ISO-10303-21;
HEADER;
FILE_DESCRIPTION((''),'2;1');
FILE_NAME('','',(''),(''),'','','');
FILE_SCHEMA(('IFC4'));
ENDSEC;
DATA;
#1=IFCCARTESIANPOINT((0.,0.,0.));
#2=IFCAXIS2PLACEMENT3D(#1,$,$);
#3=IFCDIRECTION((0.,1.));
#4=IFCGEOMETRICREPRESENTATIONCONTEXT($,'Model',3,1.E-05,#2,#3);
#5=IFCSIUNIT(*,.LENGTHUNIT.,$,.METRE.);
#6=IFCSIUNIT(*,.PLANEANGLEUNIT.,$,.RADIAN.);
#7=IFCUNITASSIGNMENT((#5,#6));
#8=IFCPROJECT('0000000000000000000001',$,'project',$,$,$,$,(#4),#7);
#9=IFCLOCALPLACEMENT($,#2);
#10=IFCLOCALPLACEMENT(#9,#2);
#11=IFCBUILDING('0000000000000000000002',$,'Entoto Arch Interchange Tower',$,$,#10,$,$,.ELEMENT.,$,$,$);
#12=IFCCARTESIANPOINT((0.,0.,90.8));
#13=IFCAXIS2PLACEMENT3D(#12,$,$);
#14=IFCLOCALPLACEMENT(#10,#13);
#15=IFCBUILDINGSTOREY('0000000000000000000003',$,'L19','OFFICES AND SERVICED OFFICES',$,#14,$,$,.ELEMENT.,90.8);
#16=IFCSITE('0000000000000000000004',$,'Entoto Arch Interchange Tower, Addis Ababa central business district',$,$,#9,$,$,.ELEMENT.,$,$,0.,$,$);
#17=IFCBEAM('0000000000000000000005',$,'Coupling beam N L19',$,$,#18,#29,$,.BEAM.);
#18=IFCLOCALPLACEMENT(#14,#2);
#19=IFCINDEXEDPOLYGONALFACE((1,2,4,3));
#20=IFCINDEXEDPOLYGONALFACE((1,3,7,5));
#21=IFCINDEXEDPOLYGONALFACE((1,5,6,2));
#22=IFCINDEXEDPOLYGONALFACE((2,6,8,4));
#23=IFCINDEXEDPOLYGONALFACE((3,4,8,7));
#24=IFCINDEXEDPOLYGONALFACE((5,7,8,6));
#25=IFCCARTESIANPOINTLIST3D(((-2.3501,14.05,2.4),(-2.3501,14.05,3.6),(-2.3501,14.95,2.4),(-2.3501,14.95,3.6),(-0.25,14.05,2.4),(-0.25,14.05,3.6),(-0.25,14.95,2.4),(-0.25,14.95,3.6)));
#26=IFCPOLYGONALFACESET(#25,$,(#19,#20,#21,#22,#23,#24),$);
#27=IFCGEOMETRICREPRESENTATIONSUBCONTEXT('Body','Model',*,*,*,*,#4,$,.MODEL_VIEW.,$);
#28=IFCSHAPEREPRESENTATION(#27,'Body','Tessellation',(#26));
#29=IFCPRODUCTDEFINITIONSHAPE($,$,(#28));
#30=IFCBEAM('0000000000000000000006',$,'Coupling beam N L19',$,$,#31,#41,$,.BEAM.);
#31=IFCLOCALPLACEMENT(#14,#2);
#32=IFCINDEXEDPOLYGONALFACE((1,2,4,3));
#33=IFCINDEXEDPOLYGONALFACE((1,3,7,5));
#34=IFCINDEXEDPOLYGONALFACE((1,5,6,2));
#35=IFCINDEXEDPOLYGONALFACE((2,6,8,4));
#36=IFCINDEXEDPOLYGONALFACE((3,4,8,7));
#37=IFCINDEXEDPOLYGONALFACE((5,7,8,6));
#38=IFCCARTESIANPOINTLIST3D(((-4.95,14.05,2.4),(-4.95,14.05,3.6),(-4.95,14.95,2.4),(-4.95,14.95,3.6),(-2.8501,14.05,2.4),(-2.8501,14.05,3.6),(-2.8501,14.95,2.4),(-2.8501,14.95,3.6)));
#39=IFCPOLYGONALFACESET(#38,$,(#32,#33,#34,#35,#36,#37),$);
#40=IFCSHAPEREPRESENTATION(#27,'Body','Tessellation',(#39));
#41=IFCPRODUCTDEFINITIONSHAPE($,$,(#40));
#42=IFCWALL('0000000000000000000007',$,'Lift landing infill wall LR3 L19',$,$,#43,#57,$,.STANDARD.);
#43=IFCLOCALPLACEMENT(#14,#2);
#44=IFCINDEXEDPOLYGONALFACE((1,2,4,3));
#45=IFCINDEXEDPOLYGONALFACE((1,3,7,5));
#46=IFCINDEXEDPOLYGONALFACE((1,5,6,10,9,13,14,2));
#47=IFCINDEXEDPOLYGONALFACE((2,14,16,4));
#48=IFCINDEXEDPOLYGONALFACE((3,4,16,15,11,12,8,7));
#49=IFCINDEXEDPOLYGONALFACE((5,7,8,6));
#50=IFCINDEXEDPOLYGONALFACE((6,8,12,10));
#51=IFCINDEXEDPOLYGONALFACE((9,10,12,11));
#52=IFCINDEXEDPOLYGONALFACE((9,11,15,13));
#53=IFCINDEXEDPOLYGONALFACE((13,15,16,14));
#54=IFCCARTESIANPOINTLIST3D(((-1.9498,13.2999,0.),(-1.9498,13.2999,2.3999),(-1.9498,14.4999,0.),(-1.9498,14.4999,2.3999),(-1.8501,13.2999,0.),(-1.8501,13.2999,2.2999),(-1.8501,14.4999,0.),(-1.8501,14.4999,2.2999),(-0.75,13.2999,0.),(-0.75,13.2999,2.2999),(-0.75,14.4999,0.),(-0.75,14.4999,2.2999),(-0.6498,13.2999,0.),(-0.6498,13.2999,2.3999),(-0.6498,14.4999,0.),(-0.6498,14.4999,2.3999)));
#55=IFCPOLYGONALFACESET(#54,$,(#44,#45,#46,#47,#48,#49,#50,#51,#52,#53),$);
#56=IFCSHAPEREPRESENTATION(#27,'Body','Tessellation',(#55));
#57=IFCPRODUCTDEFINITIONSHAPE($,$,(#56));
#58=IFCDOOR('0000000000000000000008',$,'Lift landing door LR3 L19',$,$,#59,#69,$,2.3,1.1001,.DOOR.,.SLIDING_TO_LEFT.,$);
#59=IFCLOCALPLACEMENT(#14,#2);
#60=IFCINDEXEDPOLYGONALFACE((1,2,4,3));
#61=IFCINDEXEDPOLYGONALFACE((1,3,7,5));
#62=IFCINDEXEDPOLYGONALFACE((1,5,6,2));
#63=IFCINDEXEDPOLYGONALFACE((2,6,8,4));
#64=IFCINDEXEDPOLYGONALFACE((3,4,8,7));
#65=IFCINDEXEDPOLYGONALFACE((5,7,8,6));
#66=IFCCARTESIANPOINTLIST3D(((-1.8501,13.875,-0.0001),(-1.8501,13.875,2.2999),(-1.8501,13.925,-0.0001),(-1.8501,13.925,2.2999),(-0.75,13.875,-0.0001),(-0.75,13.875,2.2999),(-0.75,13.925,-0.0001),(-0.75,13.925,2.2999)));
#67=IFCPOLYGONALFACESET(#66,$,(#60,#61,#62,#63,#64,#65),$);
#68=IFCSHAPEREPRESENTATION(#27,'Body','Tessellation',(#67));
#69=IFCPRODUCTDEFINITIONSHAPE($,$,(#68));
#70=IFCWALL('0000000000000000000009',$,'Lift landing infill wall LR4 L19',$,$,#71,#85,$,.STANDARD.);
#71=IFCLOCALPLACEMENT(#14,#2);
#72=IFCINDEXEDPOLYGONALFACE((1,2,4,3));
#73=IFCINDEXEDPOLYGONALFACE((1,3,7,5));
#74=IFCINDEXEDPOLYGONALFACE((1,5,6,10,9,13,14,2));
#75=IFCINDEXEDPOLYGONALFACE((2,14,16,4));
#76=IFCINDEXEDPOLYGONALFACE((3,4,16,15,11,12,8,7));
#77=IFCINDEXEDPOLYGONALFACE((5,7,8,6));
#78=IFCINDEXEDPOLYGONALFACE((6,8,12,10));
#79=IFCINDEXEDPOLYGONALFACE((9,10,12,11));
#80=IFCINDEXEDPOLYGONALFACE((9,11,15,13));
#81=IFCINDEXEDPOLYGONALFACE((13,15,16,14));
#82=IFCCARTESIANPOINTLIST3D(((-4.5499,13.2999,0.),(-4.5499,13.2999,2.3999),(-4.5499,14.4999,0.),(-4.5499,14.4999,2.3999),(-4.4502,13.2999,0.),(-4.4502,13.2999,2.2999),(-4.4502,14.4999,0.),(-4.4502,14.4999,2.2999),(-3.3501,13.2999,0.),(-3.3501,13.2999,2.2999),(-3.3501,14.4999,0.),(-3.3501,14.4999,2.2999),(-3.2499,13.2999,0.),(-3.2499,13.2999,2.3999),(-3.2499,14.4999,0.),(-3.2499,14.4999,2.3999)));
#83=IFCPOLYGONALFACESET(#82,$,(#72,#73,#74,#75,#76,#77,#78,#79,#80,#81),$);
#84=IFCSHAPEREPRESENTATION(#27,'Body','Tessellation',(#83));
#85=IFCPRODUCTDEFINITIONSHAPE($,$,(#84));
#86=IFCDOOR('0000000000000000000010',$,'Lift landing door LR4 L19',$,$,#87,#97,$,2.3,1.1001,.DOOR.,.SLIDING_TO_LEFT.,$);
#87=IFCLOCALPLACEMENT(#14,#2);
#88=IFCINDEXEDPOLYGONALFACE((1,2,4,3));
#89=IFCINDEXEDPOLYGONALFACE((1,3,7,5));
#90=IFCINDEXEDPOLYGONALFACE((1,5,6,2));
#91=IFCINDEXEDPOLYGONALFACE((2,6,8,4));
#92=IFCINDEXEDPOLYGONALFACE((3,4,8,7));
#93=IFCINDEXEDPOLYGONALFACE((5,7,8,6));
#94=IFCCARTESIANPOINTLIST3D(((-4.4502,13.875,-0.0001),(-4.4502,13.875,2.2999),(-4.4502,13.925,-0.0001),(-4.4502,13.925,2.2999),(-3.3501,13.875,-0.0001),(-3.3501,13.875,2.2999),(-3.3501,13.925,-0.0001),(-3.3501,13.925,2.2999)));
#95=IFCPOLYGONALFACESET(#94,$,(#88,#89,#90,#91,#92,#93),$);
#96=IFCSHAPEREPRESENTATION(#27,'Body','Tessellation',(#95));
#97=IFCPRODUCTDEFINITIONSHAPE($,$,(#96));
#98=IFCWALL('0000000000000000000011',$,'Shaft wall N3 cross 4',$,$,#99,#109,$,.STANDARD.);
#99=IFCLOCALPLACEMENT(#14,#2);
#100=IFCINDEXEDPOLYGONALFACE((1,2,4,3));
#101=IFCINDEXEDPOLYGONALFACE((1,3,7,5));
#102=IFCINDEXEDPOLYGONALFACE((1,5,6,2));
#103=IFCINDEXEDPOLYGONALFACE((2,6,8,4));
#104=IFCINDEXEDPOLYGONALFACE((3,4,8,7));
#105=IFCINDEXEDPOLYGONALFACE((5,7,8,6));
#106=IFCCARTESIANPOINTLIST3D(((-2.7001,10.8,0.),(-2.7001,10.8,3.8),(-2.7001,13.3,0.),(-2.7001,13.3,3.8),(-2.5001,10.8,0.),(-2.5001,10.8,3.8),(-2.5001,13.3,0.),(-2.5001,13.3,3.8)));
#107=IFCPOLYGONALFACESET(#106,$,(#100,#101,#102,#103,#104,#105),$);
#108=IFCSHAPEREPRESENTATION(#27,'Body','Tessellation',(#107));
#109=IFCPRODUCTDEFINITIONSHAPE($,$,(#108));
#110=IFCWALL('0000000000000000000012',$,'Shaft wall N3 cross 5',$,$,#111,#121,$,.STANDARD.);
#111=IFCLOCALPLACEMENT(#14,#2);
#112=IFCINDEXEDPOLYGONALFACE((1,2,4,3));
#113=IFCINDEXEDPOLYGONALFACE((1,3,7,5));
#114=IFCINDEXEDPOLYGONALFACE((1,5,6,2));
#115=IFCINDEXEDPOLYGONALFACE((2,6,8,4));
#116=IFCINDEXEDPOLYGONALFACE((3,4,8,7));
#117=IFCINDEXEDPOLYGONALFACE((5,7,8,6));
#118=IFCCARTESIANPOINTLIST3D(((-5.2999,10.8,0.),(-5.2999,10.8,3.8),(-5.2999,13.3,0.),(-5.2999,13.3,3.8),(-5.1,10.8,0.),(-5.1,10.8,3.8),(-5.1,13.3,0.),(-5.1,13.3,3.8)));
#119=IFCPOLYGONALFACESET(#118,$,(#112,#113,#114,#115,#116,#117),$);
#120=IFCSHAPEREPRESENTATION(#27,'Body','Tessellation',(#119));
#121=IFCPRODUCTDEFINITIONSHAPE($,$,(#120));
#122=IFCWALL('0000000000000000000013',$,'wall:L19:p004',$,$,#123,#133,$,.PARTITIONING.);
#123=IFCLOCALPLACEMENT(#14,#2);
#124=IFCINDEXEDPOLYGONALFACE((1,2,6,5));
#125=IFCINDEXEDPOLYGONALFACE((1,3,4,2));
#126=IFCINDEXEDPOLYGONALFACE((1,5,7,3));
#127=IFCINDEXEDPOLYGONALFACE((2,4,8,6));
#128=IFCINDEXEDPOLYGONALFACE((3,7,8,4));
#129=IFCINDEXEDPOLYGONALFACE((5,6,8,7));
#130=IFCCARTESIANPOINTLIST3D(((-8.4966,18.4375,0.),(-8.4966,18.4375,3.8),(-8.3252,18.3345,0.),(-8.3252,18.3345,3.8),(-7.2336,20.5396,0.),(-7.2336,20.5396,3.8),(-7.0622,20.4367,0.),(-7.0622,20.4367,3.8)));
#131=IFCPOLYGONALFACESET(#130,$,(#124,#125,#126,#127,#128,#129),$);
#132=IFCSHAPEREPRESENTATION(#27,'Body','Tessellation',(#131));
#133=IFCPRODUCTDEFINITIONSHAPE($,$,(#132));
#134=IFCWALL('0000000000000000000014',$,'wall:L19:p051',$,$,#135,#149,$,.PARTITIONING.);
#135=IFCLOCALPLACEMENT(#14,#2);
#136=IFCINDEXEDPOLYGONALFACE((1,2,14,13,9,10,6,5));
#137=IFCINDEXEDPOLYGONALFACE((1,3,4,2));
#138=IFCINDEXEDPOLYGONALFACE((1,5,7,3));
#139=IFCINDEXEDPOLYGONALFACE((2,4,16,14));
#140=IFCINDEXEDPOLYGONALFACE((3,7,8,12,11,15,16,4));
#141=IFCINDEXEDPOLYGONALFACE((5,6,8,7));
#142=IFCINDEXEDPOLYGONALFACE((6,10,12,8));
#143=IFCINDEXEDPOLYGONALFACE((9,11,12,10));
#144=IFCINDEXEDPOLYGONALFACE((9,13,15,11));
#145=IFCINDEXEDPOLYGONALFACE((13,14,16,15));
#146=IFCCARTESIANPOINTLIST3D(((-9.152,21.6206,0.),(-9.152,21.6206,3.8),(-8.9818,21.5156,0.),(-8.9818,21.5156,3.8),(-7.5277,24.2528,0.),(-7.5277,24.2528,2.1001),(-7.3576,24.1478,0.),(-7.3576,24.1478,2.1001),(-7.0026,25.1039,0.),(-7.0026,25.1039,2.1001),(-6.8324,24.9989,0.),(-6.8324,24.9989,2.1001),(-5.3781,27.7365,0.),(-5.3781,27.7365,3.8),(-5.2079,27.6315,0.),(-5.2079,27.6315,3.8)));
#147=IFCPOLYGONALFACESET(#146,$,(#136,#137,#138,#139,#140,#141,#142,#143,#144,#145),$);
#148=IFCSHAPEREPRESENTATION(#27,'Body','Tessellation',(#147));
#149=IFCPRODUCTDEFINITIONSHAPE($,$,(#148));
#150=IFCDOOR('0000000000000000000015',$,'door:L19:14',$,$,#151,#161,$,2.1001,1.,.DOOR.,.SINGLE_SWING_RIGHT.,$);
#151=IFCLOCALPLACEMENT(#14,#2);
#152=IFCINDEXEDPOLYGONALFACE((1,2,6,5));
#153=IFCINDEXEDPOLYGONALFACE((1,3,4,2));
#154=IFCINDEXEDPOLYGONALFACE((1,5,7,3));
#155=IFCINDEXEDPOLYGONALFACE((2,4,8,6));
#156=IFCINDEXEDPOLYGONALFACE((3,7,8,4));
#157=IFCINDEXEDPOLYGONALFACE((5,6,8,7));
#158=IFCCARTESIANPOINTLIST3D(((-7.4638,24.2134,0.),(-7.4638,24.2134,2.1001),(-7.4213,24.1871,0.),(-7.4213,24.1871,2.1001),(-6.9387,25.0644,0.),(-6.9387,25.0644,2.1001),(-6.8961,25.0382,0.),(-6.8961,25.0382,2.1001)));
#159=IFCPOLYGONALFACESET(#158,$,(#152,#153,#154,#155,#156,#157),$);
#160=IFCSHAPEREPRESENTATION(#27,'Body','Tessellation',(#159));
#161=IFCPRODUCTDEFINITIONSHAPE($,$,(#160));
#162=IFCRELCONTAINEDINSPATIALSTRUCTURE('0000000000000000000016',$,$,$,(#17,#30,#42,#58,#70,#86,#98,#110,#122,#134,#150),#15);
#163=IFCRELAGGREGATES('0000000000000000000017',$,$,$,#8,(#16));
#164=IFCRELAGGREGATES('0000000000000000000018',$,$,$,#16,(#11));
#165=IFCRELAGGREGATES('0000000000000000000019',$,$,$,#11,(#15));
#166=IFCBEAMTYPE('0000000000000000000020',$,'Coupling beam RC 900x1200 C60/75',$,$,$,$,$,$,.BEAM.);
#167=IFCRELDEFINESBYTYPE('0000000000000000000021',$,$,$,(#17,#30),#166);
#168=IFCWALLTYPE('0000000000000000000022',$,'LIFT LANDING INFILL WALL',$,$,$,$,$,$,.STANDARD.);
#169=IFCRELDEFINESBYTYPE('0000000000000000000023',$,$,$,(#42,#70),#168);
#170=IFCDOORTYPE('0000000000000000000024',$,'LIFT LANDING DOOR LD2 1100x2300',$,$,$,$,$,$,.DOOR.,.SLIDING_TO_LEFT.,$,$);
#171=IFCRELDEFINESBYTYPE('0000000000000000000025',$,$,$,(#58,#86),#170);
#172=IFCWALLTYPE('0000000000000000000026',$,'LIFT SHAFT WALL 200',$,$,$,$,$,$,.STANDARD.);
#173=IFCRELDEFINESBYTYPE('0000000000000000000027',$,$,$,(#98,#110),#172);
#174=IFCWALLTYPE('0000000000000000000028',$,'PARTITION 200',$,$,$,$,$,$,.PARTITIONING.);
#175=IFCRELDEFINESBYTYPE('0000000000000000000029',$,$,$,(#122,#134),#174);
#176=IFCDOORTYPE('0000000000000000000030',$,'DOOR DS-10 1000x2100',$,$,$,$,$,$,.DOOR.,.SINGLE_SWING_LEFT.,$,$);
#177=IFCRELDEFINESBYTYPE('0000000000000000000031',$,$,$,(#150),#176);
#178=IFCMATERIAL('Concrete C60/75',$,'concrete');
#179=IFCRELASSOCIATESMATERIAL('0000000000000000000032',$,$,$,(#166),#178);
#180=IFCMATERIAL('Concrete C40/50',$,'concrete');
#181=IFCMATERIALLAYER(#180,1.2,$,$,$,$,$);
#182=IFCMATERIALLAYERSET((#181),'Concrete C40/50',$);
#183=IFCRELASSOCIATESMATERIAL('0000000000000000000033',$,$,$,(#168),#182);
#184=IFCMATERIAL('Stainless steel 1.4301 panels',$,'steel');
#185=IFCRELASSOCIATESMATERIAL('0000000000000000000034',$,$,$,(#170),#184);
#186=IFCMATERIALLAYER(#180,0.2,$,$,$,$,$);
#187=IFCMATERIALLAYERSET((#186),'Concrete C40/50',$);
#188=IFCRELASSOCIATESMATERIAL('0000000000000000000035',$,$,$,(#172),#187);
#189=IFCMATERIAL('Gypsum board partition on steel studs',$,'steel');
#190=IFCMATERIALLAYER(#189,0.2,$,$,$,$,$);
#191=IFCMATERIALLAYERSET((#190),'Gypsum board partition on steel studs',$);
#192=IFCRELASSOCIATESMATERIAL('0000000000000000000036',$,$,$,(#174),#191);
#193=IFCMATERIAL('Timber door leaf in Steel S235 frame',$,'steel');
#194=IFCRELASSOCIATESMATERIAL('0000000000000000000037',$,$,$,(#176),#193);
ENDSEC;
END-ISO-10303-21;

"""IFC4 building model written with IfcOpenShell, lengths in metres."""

from ifc_helpers import new_model, si_unit, direction, frame, frame_2d, origin, origin_2d, place, context, subcontext, project, spatial, rectangle, extrude, material, layer, layer_set, material_profile, profile_set, type_object, element, fill, save


model = new_model("IFC4")

# Units and contexts
model_context = context("Model", 3, precision=1e-05, world=origin(), true_north=direction((0.0, 1.0)))
body_context = subcontext(model_context, "Body", "Model", "MODEL_VIEW")
ifc_project = project(units=[si_unit("LENGTHUNIT", "METRE"), si_unit("PLANEANGLEUNIT", "RADIAN")], contexts=[model_context])

# Site, building, storey
site_placement = place(None, origin())
site = spatial("IfcSite", under=ifc_project, at=site_placement, Name="Entoto Arch Interchange Tower, Addis Ababa central business district", CompositionType="ELEMENT", RefElevation=0.0)
building_placement = place(site_placement, origin())
building = spatial("IfcBuilding", under=site, at=building_placement, Name="Entoto Arch Interchange Tower", CompositionType="ELEMENT")
storey_placement = place(building_placement, frame((0.0, 0.0, 90.8)))
storey = spatial("IfcBuildingStorey", under=building, at=storey_placement, Name="L19", Description="OFFICES AND SERVICED OFFICES", CompositionType="ELEMENT", Elevation=90.8)

# Beams
ifc_material_1 = material(Name="Concrete C60/75", Category="concrete")
ifc_material_profile = material_profile(ifc_material_1, rectangle(XDim=0.8999, YDim=1.2, at=origin_2d()))
ifc_profile_set = profile_set([ifc_material_profile], Name="Concrete C60/75")
beam_type = type_object("IfcBeamType", Name="Coupling beam RC 900x1200 C60/75", PredefinedType="BEAM", material=ifc_profile_set)
beam_1_placement = place(storey_placement, frame((-0.25, 14.5, 3.0), z_axis=(-1.0, 0.0, 0.0), x_axis=(0.0, -1.0, 0.0)))
element("IfcBeam", 1, at=beam_1_placement, inside=storey, type_object=beam_type, Name="Coupling beam N L19", PredefinedType="BEAM", context=body_context, shape_type="SweptSolid", body=[
    extrude(rectangle(XDim=0.8999, YDim=1.2, at=origin_2d()), origin(), (0.0, 0.0, 1.0), 2.1001),
])
beam_2_placement = place(storey_placement, frame((-2.8501, 14.5, 3.0), z_axis=(-1.0, 0.0, 0.0), x_axis=(0.0, -1.0, 0.0)))
element("IfcBeam", 2, at=beam_2_placement, inside=storey, type_object=beam_type, Name="Coupling beam N L19", PredefinedType="BEAM", context=body_context, shape_type="SweptSolid", body=[
    extrude(rectangle(XDim=0.8999, YDim=1.2, at=origin_2d()), origin(), (0.0, 0.0, 1.0), 2.0999),
])

# Walls, openings, doors
ifc_material_2 = material(Name="Concrete C40/50", Category="concrete")
ifc_layer_1 = layer(ifc_material_2, 1.2)
ifc_layer_set_1 = layer_set([ifc_layer_1], Name="Concrete C40/50")
wall_type_1 = type_object("IfcWallType", Name="LIFT LANDING INFILL WALL", PredefinedType="STANDARD", material=ifc_layer_set_1)
wall_1_placement = place(storey_placement, frame((-0.6499, 13.8999, 0.0), z_axis=(0.0, 0.0, 1.0), x_axis=(-1.0, 0.0, 0.0)))
wall_1 = element("IfcWall", 3, at=wall_1_placement, inside=storey, type_object=wall_type_1, Name="Lift landing infill wall LR3 L19", PredefinedType="STANDARD", context=body_context, shape_type="SweptSolid", body=[
    extrude(rectangle(XDim=1.3, YDim=1.2, at=frame_2d((0.6499, 0.0))), origin(), (0.0, 0.0, 1.0), 2.3999),
])
opening_1_placement = place(wall_1_placement, frame((0.1001, 0.0, 0.0)))
opening_1 = element("IfcOpeningElement", 4, at=opening_1_placement, cuts=wall_1, PredefinedType="OPENING", context=body_context, shape_type="SweptSolid", body=[
    extrude(rectangle(XDim=1.1001, YDim=2.3, at=frame_2d((0.55, 1.1499))), frame((0.0, 0.6099, 0.0), z_axis=(0.0, -1.0, 0.0), x_axis=(1.0, 0.0, 0.0)), (0.0, 0.0, 1.0), 1.22),
])
ifc_material_3 = material(Name="Stainless steel 1.4301 panels", Category="steel")
door_type_1 = type_object("IfcDoorType", Name="LIFT LANDING DOOR LD2 1100x2300", OperationType="SLIDING_TO_LEFT", PredefinedType="DOOR", material=ifc_material_3)
door_1_placement = place(opening_1_placement, origin())
door_1 = element("IfcDoor", 5, at=door_1_placement, inside=storey, type_object=door_type_1, Name="Lift landing door LR3 L19", OperationType="SLIDING_TO_LEFT", OverallHeight=2.3, OverallWidth=1.1001, PredefinedType="DOOR", context=body_context, shape_type="SweptSolid", body=[
    extrude(rectangle(XDim=1.1001, YDim=2.3, at=frame_2d((0.55, 1.1499))), frame((0.0, 0.0249, 0.0), z_axis=(0.0, -1.0, 0.0), x_axis=(1.0, 0.0, 0.0)), (0.0, 0.0, 1.0), 0.05),
])
fill(opening_1, door_1)
wall_2_placement = place(storey_placement, frame((-3.25, 13.8999, 0.0), z_axis=(0.0, 0.0, 1.0), x_axis=(-1.0, 0.0, 0.0)))
wall_2 = element("IfcWall", 6, at=wall_2_placement, inside=storey, type_object=wall_type_1, Name="Lift landing infill wall LR4 L19", PredefinedType="STANDARD", context=body_context, shape_type="SweptSolid", body=[
    extrude(rectangle(XDim=1.3, YDim=1.2, at=frame_2d((0.6499, 0.0))), origin(), (0.0, 0.0, 1.0), 2.3999),
])
opening_2_placement = place(wall_2_placement, frame((0.1001, 0.0, 0.0)))
opening_2 = element("IfcOpeningElement", 7, at=opening_2_placement, cuts=wall_2, PredefinedType="OPENING", context=body_context, shape_type="SweptSolid", body=[
    extrude(rectangle(XDim=1.1001, YDim=2.3, at=frame_2d((0.55, 1.1499))), frame((0.0, 0.6099, 0.0), z_axis=(0.0, -1.0, 0.0), x_axis=(1.0, 0.0, 0.0)), (0.0, 0.0, 1.0), 1.22),
])
door_2_placement = place(opening_2_placement, origin())
door_2 = element("IfcDoor", 8, at=door_2_placement, inside=storey, type_object=door_type_1, Name="Lift landing door LR4 L19", OperationType="SLIDING_TO_LEFT", OverallHeight=2.3, OverallWidth=1.1001, PredefinedType="DOOR", context=body_context, shape_type="SweptSolid", body=[
    extrude(rectangle(XDim=1.1001, YDim=2.3, at=frame_2d((0.55, 1.1499))), frame((0.0, 0.0249, 0.0), z_axis=(0.0, -1.0, 0.0), x_axis=(1.0, 0.0, 0.0)), (0.0, 0.0, 1.0), 0.05),
])
fill(opening_2, door_2)

# Walls
ifc_layer_2 = layer(ifc_material_2, 0.2)
ifc_layer_set_2 = layer_set([ifc_layer_2], Name="Concrete C40/50")
wall_type_2 = type_object("IfcWallType", Name="LIFT SHAFT WALL 200", PredefinedType="STANDARD", material=ifc_layer_set_2)
for number, where, z_axis, x_axis, name in (
    (9, (-2.6001, 10.8, 0.0), (0.0, 0.0, 1.0), (0.0, 1.0, 0.0), "Shaft wall N3 cross 4"),
    (10, (-5.2, 10.8, 0.0), (0.0, 0.0, 1.0), (0.0, 1.0, 0.0), "Shaft wall N3 cross 5"),
):
    element("IfcWall", number, at=place(storey_placement, frame(where, z_axis=z_axis, x_axis=x_axis)), inside=storey, type_object=wall_type_2, Name=name, PredefinedType="STANDARD", context=body_context, shape_type="SweptSolid", body=[
        extrude(rectangle(XDim=2.5, YDim=0.2, at=frame_2d((1.25, 0.0))), origin(), (0.0, 0.0, 1.0), 3.8),
    ])
ifc_material_4 = material(Name="Gypsum board partition on steel studs", Category="steel")
ifc_layer_3 = layer(ifc_material_4, 0.2)
ifc_layer_set_3 = layer_set([ifc_layer_3], Name="Gypsum board partition on steel studs")
wall_type_3 = type_object("IfcWallType", Name="PARTITION 200", PredefinedType="PARTITIONING", material=ifc_layer_set_3)
wall_3_placement = place(storey_placement, frame((-7.1479, 20.488, 0.0), z_axis=(0.0, 0.0, 1.0), x_axis=(-0.515008, -0.857185, 0.0)))
element("IfcWall", 11, at=wall_3_placement, inside=storey, type_object=wall_type_3, Name="wall:L19:p004", PredefinedType="PARTITIONING", context=body_context, shape_type="SweptSolid", body=[
    extrude(rectangle(XDim=2.4524, YDim=0.2, at=frame_2d((1.2261, 0.0))), origin(), (0.0, 0.0, 1.0), 3.8),
])

# Wall, opening, door
wall_4_placement = place(storey_placement, frame((-9.0669, 21.5681, 0.0), z_axis=(0.0, 0.0, 1.0), x_axis=(0.525132, 0.851021, 0.0)))
wall_4 = element("IfcWall", 12, at=wall_4_placement, inside=storey, type_object=wall_type_3, Name="wall:L19:p051", PredefinedType="PARTITIONING", context=body_context, shape_type="SweptSolid", body=[
    extrude(rectangle(XDim=7.1865, YDim=0.2, at=frame_2d((3.5933, 0.0))), origin(), (0.0, 0.0, 1.0), 3.8),
])
opening_3_placement = place(wall_4_placement, frame((3.093, 0.0, 0.0)))
opening_3 = element("IfcOpeningElement", 13, at=opening_3_placement, cuts=wall_4, PredefinedType="OPENING", context=body_context, shape_type="SweptSolid", body=[
    extrude(rectangle(XDim=1.0, YDim=2.1001, at=frame_2d((0.5, 1.05))), frame((0.0, 0.1099, 0.0), z_axis=(0.0, -1.0, 0.0), x_axis=(1.0, 0.0, 0.0)), (0.0, 0.0, 1.0), 0.22),
])
ifc_material_5 = material(Name="Timber door leaf in Steel S235 frame", Category="steel")
door_type_2 = type_object("IfcDoorType", Name="DOOR DS-10 1000x2100", OperationType="SINGLE_SWING_LEFT", PredefinedType="DOOR", material=ifc_material_5)
door_3_placement = place(opening_3_placement, origin())
door_3 = element("IfcDoor", 14, at=door_3_placement, inside=storey, type_object=door_type_2, Name="door:L19:14", OperationType="SINGLE_SWING_RIGHT", OverallHeight=2.1001, OverallWidth=1.0, PredefinedType="DOOR", context=body_context, shape_type="SweptSolid", body=[
    extrude(rectangle(XDim=1.0, YDim=2.1001, at=frame_2d((0.5, 1.05))), frame((0.0, 0.0249, 0.0), z_axis=(0.0, -1.0, 0.0), x_axis=(1.0, 0.0, 0.0)), (0.0, 0.0, 1.0), 0.05),
])
fill(opening_3, door_3)

save(model, "model.ifc")
